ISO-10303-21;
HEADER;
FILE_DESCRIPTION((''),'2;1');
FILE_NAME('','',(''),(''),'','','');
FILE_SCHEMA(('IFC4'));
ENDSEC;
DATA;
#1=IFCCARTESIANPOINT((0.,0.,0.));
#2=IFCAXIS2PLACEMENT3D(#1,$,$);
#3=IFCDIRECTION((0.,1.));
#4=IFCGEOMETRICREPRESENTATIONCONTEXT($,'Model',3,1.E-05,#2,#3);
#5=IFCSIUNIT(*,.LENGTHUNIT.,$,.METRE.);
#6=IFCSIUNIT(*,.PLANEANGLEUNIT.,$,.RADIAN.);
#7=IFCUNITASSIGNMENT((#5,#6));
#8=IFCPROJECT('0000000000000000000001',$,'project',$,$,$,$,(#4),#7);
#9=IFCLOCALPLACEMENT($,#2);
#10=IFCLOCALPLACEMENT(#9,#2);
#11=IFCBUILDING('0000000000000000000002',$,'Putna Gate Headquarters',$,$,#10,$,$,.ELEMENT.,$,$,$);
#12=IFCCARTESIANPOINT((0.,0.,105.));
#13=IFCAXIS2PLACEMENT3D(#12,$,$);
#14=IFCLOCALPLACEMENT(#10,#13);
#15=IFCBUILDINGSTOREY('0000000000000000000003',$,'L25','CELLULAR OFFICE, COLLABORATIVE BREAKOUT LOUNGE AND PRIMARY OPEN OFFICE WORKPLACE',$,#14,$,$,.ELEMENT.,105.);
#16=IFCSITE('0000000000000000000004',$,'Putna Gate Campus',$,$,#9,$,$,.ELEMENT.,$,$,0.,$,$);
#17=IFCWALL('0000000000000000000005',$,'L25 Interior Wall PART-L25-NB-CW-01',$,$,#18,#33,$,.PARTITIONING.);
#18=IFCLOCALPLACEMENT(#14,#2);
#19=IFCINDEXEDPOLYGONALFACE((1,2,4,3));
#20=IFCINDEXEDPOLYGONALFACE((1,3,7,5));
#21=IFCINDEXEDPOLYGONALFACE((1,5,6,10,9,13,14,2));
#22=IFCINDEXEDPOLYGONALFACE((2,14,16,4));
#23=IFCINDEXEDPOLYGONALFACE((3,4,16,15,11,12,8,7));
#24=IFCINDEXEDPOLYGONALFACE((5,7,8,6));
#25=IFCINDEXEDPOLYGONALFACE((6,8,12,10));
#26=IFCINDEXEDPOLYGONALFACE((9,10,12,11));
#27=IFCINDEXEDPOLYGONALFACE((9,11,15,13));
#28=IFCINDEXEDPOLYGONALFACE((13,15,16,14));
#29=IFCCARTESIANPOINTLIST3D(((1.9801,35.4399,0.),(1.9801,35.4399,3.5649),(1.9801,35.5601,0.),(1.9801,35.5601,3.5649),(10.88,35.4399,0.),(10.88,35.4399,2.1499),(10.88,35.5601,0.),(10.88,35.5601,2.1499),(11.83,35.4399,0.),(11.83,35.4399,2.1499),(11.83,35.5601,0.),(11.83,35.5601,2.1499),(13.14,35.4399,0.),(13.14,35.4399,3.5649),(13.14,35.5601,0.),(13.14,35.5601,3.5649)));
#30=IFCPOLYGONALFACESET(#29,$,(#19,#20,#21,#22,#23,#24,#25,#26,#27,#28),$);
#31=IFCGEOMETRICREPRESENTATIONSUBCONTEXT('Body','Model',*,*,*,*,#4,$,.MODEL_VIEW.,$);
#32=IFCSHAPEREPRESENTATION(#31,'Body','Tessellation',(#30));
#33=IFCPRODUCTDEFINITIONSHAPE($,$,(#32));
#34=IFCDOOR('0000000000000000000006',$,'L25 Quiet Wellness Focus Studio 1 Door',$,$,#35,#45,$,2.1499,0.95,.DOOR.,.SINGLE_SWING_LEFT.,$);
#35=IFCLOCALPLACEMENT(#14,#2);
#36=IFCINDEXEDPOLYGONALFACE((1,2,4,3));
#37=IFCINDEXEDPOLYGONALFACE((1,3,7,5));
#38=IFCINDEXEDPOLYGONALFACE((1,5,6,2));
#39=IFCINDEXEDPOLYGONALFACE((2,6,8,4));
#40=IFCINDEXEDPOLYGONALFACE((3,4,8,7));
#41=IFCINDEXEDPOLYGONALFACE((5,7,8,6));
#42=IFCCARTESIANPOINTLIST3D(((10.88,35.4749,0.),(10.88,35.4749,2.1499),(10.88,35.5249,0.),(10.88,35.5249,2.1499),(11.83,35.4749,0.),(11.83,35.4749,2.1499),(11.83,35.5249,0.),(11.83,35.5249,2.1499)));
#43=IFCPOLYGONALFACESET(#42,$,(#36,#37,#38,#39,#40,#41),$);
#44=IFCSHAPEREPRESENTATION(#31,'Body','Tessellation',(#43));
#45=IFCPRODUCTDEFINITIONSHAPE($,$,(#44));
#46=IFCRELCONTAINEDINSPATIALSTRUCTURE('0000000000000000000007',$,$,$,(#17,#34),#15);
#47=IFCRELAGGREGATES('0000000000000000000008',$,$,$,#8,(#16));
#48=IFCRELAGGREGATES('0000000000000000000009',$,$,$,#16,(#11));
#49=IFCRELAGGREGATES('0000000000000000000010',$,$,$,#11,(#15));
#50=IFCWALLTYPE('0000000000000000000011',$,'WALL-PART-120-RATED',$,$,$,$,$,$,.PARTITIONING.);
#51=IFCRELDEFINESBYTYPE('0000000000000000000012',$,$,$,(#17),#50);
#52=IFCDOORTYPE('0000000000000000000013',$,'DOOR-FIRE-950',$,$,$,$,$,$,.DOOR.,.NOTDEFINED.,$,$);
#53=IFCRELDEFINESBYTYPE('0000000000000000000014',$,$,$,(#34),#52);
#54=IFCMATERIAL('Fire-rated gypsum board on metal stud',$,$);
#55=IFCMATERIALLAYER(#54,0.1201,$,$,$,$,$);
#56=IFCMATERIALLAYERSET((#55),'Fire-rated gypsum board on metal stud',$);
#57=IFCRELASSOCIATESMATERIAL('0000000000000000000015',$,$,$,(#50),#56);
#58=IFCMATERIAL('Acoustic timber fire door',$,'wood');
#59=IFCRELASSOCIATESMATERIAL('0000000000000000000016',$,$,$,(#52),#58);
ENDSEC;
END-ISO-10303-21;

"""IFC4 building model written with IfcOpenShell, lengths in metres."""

from ifc_helpers import new_model, si_unit, direction, frame, frame_2d, origin, place, context, subcontext, project, spatial, rectangle, extrude, material, layer, layer_set, type_object, element, fill, save


model = new_model("IFC4")

# Units and contexts
model_context = context("Model", 3, precision=1e-05, world=origin(), true_north=direction((0.0, 1.0)))
body_context = subcontext(model_context, "Body", "Model", "MODEL_VIEW")
ifc_project = project(units=[si_unit("LENGTHUNIT", "METRE"), si_unit("PLANEANGLEUNIT", "RADIAN")], contexts=[model_context])

# Site, building, storey
site_placement = place(None, origin())
site = spatial("IfcSite", under=ifc_project, at=site_placement, Name="Putna Gate Campus", CompositionType="ELEMENT", RefElevation=0.0)
building_placement = place(site_placement, origin())
building = spatial("IfcBuilding", under=site, at=building_placement, Name="Putna Gate Headquarters", CompositionType="ELEMENT")
storey_placement = place(building_placement, frame((0.0, 0.0, 105.0)))
storey = spatial("IfcBuildingStorey", under=building, at=storey_placement, Name="L25", Description="CELLULAR OFFICE, COLLABORATIVE BREAKOUT LOUNGE AND PRIMARY OPEN OFFICE WORKPLACE", CompositionType="ELEMENT", Elevation=105.0)

# Shared definitions
ifc_material_1 = material(Name="Fire-rated gypsum board on metal stud")
ifc_layer_1 = layer(ifc_material_1, 0.1201)
ifc_layer_set_1 = layer_set([ifc_layer_1], Name="Fire-rated gypsum board on metal stud")
wall_type_1 = type_object("IfcWallType", Name="WALL-PART-120-RATED", PredefinedType="PARTITIONING", material=ifc_layer_set_1)
ifc_material_2 = material(Name="Acoustic timber fire door", Category="wood")
door_type_1 = type_object("IfcDoorType", Name="DOOR-FIRE-950", OperationType="NOTDEFINED", PredefinedType="DOOR", material=ifc_material_2)

# Wall, opening, door
wall_1_placement = place(storey_placement, frame((1.98, 35.5, 0.0), z_axis=(0.0, 0.0, 1.0), x_axis=(1.0, 0.0, 0.0)))
wall_1 = element("IfcWall", 1, at=wall_1_placement, inside=storey, type_object=wall_type_1, Name="L25 Interior Wall PART-L25-NB-CW-01", PredefinedType="PARTITIONING", context=body_context, shape_type="SweptSolid", body=[
    extrude(rectangle(XDim=11.1599, YDim=0.1201, at=frame_2d((5.5801, 0.0))), origin(), (0.0, 0.0, 1.0), 3.5649),
])
opening_1_placement = place(wall_1_placement, frame((8.8999, 0.0, 0.0)))
opening_1 = element("IfcOpeningElement", 2, at=opening_1_placement, cuts=wall_1, PredefinedType="OPENING", context=body_context, shape_type="SweptSolid", body=[
    extrude(rectangle(XDim=0.95, YDim=2.1499, at=frame_2d((0.4751, 1.075))), frame((0.0, 0.0701, 0.0), z_axis=(0.0, -1.0, 0.0), x_axis=(1.0, 0.0, 0.0)), (0.0, 0.0, 1.0), 0.1401),
])
door_1_placement = place(opening_1_placement, origin())
door_1 = element("IfcDoor", 3, at=door_1_placement, inside=storey, type_object=door_type_1, Name="L25 Quiet Wellness Focus Studio 1 Door", OperationType="SINGLE_SWING_LEFT", OverallHeight=2.1499, OverallWidth=0.95, PredefinedType="DOOR", context=body_context, shape_type="SweptSolid", body=[
    extrude(rectangle(XDim=0.95, YDim=2.1499, at=frame_2d((0.4751, 1.075))), frame((0.0, 0.0249, 0.0), z_axis=(0.0, -1.0, 0.0), x_axis=(1.0, 0.0, 0.0)), (0.0, 0.0, 1.0), 0.05),
])
fill(opening_1, door_1)

save(model, "model.ifc")
